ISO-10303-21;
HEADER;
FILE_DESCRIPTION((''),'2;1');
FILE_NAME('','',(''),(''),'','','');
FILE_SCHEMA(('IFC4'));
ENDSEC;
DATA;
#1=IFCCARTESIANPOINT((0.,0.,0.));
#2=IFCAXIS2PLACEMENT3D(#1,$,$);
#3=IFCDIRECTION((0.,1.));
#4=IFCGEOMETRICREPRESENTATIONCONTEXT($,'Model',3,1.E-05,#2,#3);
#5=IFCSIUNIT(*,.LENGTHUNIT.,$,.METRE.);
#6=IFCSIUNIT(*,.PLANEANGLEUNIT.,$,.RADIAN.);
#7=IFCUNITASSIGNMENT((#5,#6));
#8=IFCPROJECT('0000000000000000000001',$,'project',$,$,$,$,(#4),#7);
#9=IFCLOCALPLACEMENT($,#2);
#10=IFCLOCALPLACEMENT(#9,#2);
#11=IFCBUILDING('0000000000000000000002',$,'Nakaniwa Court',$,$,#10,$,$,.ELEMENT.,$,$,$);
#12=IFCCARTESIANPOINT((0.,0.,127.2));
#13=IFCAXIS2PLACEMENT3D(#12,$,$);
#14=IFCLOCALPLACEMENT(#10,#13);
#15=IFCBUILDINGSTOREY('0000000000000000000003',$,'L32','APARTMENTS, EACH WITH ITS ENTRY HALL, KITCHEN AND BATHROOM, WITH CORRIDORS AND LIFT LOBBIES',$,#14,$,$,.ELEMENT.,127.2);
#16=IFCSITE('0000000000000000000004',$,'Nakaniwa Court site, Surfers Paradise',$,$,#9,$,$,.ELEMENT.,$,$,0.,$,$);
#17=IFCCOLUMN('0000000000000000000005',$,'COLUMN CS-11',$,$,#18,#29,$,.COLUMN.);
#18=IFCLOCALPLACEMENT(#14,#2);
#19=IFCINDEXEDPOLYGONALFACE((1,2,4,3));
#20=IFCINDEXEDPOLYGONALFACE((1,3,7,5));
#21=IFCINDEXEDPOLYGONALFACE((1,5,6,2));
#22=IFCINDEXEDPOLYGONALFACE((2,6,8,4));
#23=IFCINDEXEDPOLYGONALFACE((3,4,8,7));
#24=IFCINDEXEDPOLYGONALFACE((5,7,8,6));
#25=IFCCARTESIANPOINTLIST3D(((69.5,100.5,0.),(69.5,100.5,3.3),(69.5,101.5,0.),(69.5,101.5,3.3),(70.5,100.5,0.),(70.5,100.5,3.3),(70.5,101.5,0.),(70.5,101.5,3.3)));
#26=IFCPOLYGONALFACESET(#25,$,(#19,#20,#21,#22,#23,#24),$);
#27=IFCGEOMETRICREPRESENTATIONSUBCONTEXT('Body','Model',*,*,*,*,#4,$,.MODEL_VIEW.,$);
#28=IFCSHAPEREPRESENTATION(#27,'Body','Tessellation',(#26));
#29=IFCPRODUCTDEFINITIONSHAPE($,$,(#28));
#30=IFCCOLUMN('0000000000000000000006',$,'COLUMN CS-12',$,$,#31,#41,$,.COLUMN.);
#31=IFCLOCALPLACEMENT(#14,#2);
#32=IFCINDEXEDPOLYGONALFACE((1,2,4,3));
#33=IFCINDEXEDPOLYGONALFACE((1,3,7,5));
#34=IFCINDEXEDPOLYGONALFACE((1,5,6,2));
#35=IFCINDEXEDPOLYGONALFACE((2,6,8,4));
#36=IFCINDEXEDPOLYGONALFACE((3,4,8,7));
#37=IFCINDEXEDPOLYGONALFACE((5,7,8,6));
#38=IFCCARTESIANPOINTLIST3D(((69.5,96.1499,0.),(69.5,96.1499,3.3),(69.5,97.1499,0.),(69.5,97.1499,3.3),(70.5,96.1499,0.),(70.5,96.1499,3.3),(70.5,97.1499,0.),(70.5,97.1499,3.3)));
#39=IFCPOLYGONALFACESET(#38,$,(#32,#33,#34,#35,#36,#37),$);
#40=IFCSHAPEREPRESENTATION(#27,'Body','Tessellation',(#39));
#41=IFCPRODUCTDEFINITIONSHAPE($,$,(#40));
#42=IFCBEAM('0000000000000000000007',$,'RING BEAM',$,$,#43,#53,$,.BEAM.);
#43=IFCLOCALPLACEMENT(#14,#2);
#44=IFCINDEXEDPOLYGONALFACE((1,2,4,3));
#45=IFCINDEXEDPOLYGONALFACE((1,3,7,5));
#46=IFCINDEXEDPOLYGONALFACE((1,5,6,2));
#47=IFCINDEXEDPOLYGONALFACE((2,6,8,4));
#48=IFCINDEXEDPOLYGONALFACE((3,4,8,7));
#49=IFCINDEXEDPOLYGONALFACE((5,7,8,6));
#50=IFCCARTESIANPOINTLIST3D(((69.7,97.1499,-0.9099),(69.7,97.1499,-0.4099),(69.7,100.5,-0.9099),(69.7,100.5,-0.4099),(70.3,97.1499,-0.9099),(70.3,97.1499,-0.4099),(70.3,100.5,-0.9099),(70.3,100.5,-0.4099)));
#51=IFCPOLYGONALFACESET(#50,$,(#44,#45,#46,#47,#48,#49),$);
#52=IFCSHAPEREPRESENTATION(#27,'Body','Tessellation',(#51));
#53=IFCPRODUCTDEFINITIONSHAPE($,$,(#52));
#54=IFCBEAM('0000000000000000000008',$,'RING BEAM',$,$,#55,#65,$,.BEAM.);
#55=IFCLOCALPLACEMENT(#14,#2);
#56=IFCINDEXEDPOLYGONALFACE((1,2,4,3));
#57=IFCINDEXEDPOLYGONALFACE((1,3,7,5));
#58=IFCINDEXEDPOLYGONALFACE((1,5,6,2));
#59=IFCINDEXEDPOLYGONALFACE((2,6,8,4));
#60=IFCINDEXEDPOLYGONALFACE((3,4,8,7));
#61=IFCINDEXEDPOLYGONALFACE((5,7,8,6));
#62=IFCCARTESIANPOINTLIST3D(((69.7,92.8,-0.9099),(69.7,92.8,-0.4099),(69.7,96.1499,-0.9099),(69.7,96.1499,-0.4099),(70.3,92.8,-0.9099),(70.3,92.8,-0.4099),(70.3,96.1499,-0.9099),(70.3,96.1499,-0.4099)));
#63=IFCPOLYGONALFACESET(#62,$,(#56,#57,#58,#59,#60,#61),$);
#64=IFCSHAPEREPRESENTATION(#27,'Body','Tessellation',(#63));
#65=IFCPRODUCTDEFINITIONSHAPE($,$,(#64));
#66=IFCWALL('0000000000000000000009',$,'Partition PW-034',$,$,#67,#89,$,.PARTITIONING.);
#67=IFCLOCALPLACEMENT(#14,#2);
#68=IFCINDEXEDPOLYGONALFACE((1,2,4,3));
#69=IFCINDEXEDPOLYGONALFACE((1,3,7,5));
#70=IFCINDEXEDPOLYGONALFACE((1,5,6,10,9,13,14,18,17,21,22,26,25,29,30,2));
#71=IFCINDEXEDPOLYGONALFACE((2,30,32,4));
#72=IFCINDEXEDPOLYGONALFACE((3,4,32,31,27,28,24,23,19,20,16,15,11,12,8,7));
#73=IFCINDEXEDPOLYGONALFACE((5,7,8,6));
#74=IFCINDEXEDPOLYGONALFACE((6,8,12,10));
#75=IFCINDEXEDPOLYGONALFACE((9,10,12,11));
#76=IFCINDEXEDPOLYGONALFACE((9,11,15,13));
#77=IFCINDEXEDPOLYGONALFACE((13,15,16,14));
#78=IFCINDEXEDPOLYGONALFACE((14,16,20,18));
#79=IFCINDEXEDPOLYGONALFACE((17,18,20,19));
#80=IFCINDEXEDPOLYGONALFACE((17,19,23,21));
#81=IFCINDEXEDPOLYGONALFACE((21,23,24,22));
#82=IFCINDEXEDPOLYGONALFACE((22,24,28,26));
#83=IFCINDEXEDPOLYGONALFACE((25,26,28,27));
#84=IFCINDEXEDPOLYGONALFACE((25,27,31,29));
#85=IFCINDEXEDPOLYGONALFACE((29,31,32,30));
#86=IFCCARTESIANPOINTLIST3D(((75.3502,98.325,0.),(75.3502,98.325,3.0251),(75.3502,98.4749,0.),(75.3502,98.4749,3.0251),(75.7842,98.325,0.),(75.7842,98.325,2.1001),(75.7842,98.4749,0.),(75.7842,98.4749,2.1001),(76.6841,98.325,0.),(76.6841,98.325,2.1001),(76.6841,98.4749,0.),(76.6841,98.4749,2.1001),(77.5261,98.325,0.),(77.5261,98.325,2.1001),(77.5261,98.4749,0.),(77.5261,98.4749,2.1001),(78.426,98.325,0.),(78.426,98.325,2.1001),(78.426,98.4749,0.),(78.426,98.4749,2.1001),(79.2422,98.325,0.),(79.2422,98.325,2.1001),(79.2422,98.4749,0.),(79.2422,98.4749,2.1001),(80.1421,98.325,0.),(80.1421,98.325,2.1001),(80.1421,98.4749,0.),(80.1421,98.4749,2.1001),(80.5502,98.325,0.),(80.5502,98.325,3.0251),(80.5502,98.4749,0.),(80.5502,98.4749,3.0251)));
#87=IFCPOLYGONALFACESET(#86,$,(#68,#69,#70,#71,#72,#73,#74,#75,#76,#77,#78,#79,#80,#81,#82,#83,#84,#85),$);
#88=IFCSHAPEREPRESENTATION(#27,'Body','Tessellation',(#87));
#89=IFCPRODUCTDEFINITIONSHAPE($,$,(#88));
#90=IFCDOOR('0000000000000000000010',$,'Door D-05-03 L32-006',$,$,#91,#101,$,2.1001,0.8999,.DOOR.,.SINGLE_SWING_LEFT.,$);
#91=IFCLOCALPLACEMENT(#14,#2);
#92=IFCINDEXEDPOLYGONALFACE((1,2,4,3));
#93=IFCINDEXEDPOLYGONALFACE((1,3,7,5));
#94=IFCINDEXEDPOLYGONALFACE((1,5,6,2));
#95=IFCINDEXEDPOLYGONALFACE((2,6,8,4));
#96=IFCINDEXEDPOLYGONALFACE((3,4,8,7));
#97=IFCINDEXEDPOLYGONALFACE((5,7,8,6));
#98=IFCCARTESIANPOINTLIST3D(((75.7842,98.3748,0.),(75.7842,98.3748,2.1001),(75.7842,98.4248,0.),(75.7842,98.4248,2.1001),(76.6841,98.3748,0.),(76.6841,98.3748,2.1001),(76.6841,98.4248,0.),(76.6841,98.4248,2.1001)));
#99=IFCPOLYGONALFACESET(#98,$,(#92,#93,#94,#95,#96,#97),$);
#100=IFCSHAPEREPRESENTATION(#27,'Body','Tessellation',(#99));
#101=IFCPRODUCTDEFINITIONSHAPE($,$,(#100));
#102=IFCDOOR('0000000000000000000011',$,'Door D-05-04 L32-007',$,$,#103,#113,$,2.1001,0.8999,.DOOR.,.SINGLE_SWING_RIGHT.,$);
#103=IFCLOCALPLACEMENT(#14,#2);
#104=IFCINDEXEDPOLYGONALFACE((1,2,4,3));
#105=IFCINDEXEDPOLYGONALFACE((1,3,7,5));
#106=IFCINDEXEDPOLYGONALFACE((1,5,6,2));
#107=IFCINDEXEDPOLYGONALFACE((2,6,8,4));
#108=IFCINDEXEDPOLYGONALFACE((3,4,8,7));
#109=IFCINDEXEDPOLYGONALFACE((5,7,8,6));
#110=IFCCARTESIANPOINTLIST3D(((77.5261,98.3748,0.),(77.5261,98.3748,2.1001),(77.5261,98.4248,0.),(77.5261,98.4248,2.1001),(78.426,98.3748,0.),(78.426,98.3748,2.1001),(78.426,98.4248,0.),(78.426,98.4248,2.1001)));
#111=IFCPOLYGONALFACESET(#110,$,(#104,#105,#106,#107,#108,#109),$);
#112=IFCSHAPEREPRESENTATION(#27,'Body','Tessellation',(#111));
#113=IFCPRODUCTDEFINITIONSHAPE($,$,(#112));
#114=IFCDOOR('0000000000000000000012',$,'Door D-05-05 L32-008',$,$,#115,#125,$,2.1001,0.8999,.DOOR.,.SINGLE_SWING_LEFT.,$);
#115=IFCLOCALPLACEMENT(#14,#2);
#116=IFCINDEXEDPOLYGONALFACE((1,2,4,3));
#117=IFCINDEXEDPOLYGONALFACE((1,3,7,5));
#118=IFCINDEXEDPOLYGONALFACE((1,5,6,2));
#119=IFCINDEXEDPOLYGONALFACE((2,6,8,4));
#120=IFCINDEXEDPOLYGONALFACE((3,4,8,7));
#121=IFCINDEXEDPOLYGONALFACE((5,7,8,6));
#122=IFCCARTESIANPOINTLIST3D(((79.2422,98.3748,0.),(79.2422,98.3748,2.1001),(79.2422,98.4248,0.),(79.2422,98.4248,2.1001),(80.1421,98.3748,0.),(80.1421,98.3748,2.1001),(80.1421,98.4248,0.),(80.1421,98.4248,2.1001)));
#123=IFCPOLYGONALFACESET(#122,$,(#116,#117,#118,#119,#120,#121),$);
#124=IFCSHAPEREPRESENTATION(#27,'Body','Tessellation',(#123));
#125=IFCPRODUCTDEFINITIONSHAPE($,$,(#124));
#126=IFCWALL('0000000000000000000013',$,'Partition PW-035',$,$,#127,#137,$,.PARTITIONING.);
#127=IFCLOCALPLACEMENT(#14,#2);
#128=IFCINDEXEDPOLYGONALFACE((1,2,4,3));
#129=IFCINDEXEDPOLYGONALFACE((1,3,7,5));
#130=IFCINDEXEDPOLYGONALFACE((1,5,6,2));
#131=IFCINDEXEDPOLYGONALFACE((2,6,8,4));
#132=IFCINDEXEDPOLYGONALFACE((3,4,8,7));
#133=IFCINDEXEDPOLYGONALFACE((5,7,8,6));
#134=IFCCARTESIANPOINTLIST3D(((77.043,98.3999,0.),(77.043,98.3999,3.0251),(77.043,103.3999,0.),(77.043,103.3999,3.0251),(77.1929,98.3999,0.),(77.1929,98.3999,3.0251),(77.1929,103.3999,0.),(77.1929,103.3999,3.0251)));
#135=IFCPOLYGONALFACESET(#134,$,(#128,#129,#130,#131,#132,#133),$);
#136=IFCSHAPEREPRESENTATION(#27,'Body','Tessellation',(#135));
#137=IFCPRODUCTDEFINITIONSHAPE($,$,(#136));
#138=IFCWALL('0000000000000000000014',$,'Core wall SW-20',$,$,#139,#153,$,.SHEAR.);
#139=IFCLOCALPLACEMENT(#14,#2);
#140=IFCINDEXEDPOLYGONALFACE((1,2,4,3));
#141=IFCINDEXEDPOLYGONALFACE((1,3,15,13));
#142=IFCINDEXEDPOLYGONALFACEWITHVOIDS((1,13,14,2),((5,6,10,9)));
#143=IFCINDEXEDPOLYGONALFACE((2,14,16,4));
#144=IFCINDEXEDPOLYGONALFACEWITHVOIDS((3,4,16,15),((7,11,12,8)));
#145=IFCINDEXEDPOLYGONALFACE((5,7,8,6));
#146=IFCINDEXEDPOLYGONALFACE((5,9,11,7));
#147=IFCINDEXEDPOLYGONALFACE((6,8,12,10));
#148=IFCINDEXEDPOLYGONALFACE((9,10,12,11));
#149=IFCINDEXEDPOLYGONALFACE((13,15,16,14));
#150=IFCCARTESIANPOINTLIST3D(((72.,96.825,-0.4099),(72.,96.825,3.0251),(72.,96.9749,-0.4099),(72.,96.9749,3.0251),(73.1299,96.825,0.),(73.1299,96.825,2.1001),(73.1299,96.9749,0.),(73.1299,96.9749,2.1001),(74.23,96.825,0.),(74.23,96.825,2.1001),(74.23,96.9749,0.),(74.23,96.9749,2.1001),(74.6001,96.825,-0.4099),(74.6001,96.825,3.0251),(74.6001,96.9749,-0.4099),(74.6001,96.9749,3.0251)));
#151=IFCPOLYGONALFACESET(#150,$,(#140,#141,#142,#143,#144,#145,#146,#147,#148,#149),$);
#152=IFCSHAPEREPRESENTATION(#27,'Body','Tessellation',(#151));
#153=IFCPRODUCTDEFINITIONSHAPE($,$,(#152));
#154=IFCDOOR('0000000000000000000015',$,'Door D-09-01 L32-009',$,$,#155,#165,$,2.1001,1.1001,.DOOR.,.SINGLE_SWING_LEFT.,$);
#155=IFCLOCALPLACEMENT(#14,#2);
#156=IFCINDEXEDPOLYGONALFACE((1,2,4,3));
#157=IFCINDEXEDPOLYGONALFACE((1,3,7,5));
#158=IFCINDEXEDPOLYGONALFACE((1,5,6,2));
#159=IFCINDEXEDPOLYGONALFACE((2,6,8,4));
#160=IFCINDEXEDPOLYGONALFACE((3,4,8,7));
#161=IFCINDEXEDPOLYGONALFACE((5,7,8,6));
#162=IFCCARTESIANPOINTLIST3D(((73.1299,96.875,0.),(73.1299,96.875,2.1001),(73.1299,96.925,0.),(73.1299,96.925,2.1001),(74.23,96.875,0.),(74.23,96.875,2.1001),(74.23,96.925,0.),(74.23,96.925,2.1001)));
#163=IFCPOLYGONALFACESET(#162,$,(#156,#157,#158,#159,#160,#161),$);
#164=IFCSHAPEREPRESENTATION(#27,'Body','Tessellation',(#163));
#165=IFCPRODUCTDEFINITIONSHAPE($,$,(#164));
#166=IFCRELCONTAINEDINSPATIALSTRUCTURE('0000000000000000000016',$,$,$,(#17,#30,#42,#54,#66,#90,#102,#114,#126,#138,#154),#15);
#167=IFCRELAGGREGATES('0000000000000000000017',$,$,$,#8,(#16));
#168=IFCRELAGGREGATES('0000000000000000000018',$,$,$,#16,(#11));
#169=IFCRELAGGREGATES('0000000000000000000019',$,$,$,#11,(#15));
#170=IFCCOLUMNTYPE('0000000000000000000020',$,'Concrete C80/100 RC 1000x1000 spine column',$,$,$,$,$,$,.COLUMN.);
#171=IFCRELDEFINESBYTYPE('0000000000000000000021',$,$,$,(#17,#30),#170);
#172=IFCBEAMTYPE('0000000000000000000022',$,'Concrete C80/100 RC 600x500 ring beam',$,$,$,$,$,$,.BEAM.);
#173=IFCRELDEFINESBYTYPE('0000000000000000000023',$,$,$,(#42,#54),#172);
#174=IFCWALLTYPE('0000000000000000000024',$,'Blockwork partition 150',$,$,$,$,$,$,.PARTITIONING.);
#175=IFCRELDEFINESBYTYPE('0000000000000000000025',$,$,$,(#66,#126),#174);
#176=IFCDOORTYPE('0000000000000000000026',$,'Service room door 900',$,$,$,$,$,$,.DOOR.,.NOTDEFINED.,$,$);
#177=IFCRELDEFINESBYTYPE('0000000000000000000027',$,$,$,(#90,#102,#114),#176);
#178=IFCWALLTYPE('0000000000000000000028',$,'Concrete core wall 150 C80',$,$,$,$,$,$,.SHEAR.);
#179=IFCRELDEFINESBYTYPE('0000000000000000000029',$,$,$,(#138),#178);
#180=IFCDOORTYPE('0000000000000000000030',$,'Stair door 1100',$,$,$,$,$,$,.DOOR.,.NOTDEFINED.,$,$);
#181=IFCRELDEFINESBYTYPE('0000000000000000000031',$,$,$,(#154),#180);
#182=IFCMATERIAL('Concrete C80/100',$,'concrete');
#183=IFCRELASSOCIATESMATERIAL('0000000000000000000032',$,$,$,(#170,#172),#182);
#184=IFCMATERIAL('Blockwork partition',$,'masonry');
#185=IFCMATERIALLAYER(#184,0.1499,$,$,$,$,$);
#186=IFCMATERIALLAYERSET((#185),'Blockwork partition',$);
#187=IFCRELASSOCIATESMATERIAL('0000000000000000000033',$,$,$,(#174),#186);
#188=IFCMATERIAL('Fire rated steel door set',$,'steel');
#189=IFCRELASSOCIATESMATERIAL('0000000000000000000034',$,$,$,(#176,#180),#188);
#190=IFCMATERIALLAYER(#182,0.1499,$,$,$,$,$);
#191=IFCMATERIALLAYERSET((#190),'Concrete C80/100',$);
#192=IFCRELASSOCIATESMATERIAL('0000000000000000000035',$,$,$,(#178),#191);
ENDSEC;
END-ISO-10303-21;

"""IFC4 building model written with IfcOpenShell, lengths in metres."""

from ifc_helpers import new_model, si_unit, direction, frame, frame_2d, origin, origin_2d, place, context, subcontext, project, spatial, rectangle, extrude, material, layer, layer_set, material_profile, profile_set, type_object, element, fill, save


model = new_model("IFC4")

# Units and contexts
model_context = context("Model", 3, precision=1e-05, world=origin(), true_north=direction((0.0, 1.0)))
body_context = subcontext(model_context, "Body", "Model", "MODEL_VIEW")
ifc_project = project(units=[si_unit("LENGTHUNIT", "METRE"), si_unit("PLANEANGLEUNIT", "RADIAN")], contexts=[model_context])

# Site, building, storey
site_placement = place(None, origin())
site = spatial("IfcSite", under=ifc_project, at=site_placement, Name="Nakaniwa Court site, Surfers Paradise", CompositionType="ELEMENT", RefElevation=0.0)
building_placement = place(site_placement, origin())
building = spatial("IfcBuilding", under=site, at=building_placement, Name="Nakaniwa Court", CompositionType="ELEMENT")
storey_placement = place(building_placement, frame((0.0, 0.0, 127.2)))
storey = spatial("IfcBuildingStorey", under=building, at=storey_placement, Name="L32", Description="APARTMENTS, EACH WITH ITS ENTRY HALL, KITCHEN AND BATHROOM, WITH CORRIDORS AND LIFT LOBBIES", CompositionType="ELEMENT", Elevation=127.2)

# Columns
ifc_material_1 = material(Name="Concrete C80/100", Category="concrete")
ifc_material_profile_1 = material_profile(ifc_material_1, rectangle(XDim=1.0, YDim=1.0, at=origin_2d()), Name="Concrete C80/100 RC 1000x1000 spine column")
ifc_profile_set_1 = profile_set([ifc_material_profile_1], Name="Concrete C80/100")
column_type = type_object("IfcColumnType", Name="Concrete C80/100 RC 1000x1000 spine column", PredefinedType="COLUMN", material=ifc_profile_set_1)
for number, where, z_axis, x_axis, name in (
    (1, (70.0, 101.0, 0.0), (0.0, 0.0, 1.0), (0.0, -1.0, 0.0), "COLUMN CS-11"),
    (2, (70.0, 96.6499, 0.0), (0.0, 0.0, 1.0), (0.0, -1.0, 0.0), "COLUMN CS-12"),
):
    element("IfcColumn", number, at=place(storey_placement, frame(where, z_axis=z_axis, x_axis=x_axis)), inside=storey, type_object=column_type, Name=name, PredefinedType="COLUMN", context=body_context, shape_type="SweptSolid", body=[
        extrude(rectangle(XDim=1.0, YDim=1.0, at=origin_2d()), origin(), (0.0, 0.0, 1.0), 3.3),
    ])

# Beams
ifc_material_profile_2 = material_profile(ifc_material_1, rectangle(XDim=0.6001, YDim=0.5, at=origin_2d()), Name="Concrete C80/100 RC 600x500 ring beam")
ifc_profile_set_2 = profile_set([ifc_material_profile_2], Name="Concrete C80/100")
beam_type = type_object("IfcBeamType", Name="Concrete C80/100 RC 600x500 ring beam", PredefinedType="BEAM", material=ifc_profile_set_2)
beam_1_placement = place(storey_placement, frame((70.0, 100.5, -0.6599), z_axis=(0.0, -1.0, 0.0), x_axis=(1.0, 0.0, 0.0)))
element("IfcBeam", 3, at=beam_1_placement, inside=storey, type_object=beam_type, Name="RING BEAM", PredefinedType="BEAM", context=body_context, shape_type="SweptSolid", body=[
    extrude(rectangle(XDim=0.6001, YDim=0.5, at=origin_2d()), origin(), (0.0, 0.0, 1.0), 3.3501),
])
beam_2_placement = place(storey_placement, frame((70.0, 96.1499, -0.6599), z_axis=(0.0, -1.0, 0.0), x_axis=(1.0, 0.0, 0.0)))
element("IfcBeam", 4, at=beam_2_placement, inside=storey, type_object=beam_type, Name="RING BEAM", PredefinedType="BEAM", context=body_context, shape_type="SweptSolid", body=[
    extrude(rectangle(XDim=0.6001, YDim=0.5, at=origin_2d()), origin(), (0.0, 0.0, 1.0), 3.3499),
])

# Wall, openings, doors
ifc_material_2 = material(Name="Blockwork partition", Category="masonry")
ifc_layer_1 = layer(ifc_material_2, 0.1499)
ifc_layer_set_1 = layer_set([ifc_layer_1], Name="Blockwork partition")
wall_type_1 = type_object("IfcWallType", Name="Blockwork partition 150", PredefinedType="PARTITIONING", material=ifc_layer_set_1)
wall_1_placement = place(storey_placement, frame((75.3501, 98.3999, 0.0), z_axis=(0.0, 0.0, 1.0), x_axis=(1.0, 0.0, 0.0)))
wall_1 = element("IfcWall", 5, at=wall_1_placement, inside=storey, type_object=wall_type_1, Name="Partition PW-034", PredefinedType="PARTITIONING", context=body_context, shape_type="SweptSolid", body=[
    extrude(rectangle(XDim=5.2, YDim=0.1499, at=frame_2d((2.6001, 0.0))), origin(), (0.0, 0.0, 1.0), 3.0251),
])
opening_1_placement = place(wall_1_placement, frame((0.4341, 0.0, 0.0)))
opening_1 = element("IfcOpeningElement", 6, at=opening_1_placement, cuts=wall_1, PredefinedType="OPENING", context=body_context, shape_type="SweptSolid", body=[
    extrude(rectangle(XDim=0.8999, YDim=2.1001, at=frame_2d((0.45, 1.05))), frame((0.0, 0.085, 0.0), z_axis=(0.0, -1.0, 0.0), x_axis=(1.0, 0.0, 0.0)), (0.0, 0.0, 1.0), 0.1699),
])
opening_2_placement = place(wall_1_placement, frame((2.176, 0.0, 0.0)))
opening_2 = element("IfcOpeningElement", 7, at=opening_2_placement, cuts=wall_1, PredefinedType="OPENING", context=body_context, shape_type="SweptSolid", body=[
    extrude(rectangle(XDim=0.8999, YDim=2.1001, at=frame_2d((0.45, 1.05))), frame((0.0, 0.085, 0.0), z_axis=(0.0, -1.0, 0.0), x_axis=(1.0, 0.0, 0.0)), (0.0, 0.0, 1.0), 0.1699),
])
opening_3_placement = place(wall_1_placement, frame((3.8921, 0.0, 0.0)))
opening_3 = element("IfcOpeningElement", 8, at=opening_3_placement, cuts=wall_1, PredefinedType="OPENING", context=body_context, shape_type="SweptSolid", body=[
    extrude(rectangle(XDim=0.8999, YDim=2.1001, at=frame_2d((0.45, 1.05))), frame((0.0, 0.085, 0.0), z_axis=(0.0, -1.0, 0.0), x_axis=(1.0, 0.0, 0.0)), (0.0, 0.0, 1.0), 0.1699),
])
ifc_material_3 = material(Name="Fire rated steel door set", Category="steel")
door_type_1 = type_object("IfcDoorType", Name="Service room door 900", OperationType="NOTDEFINED", PredefinedType="DOOR", material=ifc_material_3)
door_1_placement = place(opening_1_placement, origin())
door_1 = element("IfcDoor", 9, at=door_1_placement, inside=storey, type_object=door_type_1, Name="Door D-05-03 L32-006", OperationType="SINGLE_SWING_LEFT", OverallHeight=2.1001, OverallWidth=0.8999, PredefinedType="DOOR", context=body_context, shape_type="SweptSolid", body=[
    extrude(rectangle(XDim=0.8999, YDim=2.1001, at=frame_2d((0.45, 1.05))), frame((0.0, 0.0249, 0.0), z_axis=(0.0, -1.0, 0.0), x_axis=(1.0, 0.0, 0.0)), (0.0, 0.0, 1.0), 0.05),
])
fill(opening_1, door_1)
door_2_placement = place(opening_2_placement, origin())
door_2 = element("IfcDoor", 10, at=door_2_placement, inside=storey, type_object=door_type_1, Name="Door D-05-04 L32-007", OperationType="SINGLE_SWING_RIGHT", OverallHeight=2.1001, OverallWidth=0.8999, PredefinedType="DOOR", context=body_context, shape_type="SweptSolid", body=[
    extrude(rectangle(XDim=0.8999, YDim=2.1001, at=frame_2d((0.45, 1.05))), frame((0.0, 0.0249, 0.0), z_axis=(0.0, -1.0, 0.0), x_axis=(1.0, 0.0, 0.0)), (0.0, 0.0, 1.0), 0.05),
])
fill(opening_2, door_2)
door_3_placement = place(opening_3_placement, origin())
door_3 = element("IfcDoor", 11, at=door_3_placement, inside=storey, type_object=door_type_1, Name="Door D-05-05 L32-008", OperationType="SINGLE_SWING_LEFT", OverallHeight=2.1001, OverallWidth=0.8999, PredefinedType="DOOR", context=body_context, shape_type="SweptSolid", body=[
    extrude(rectangle(XDim=0.8999, YDim=2.1001, at=frame_2d((0.45, 1.05))), frame((0.0, 0.0249, 0.0), z_axis=(0.0, -1.0, 0.0), x_axis=(1.0, 0.0, 0.0)), (0.0, 0.0, 1.0), 0.05),
])
fill(opening_3, door_3)

# Wall
wall_2_placement = place(storey_placement, frame((77.1179, 98.3999, 0.0), z_axis=(0.0, 0.0, 1.0), x_axis=(0.0, 1.0, 0.0)))
element("IfcWall", 12, at=wall_2_placement, inside=storey, type_object=wall_type_1, Name="Partition PW-035", PredefinedType="PARTITIONING", context=body_context, shape_type="SweptSolid", body=[
    extrude(rectangle(XDim=5.0, YDim=0.1499, at=frame_2d((2.5, 0.0))), origin(), (0.0, 0.0, 1.0), 3.0251),
])

# Wall, opening, door
ifc_layer_2 = layer(ifc_material_1, 0.1499)
ifc_layer_set_2 = layer_set([ifc_layer_2], Name="Concrete C80/100")
wall_type_2 = type_object("IfcWallType", Name="Concrete core wall 150 C80", PredefinedType="SHEAR", material=ifc_layer_set_2)
wall_3_placement = place(storey_placement, frame((74.6001, 96.8999, -0.4099), z_axis=(0.0, 0.0, 1.0), x_axis=(-1.0, 0.0, 0.0)))
wall_3 = element("IfcWall", 13, at=wall_3_placement, inside=storey, type_object=wall_type_2, Name="Core wall SW-20", PredefinedType="SHEAR", context=body_context, shape_type="SweptSolid", body=[
    extrude(rectangle(XDim=2.6001, YDim=0.1499, at=frame_2d((1.3, 0.0))), origin(), (0.0, 0.0, 1.0), 3.4351),
])
opening_4_placement = place(wall_3_placement, frame((0.3701, 0.0, 0.4099)))
opening_4 = element("IfcOpeningElement", 14, at=opening_4_placement, cuts=wall_3, PredefinedType="OPENING", context=body_context, shape_type="SweptSolid", body=[
    extrude(rectangle(XDim=1.1001, YDim=2.1001, at=frame_2d((0.55, 1.05))), frame((0.0, 0.085, 0.0), z_axis=(0.0, -1.0, 0.0), x_axis=(1.0, 0.0, 0.0)), (0.0, 0.0, 1.0), 0.1699),
])
door_type_2 = type_object("IfcDoorType", Name="Stair door 1100", OperationType="NOTDEFINED", PredefinedType="DOOR", material=ifc_material_3)
door_4_placement = place(opening_4_placement, origin())
door_4 = element("IfcDoor", 15, at=door_4_placement, inside=storey, type_object=door_type_2, Name="Door D-09-01 L32-009", OperationType="SINGLE_SWING_LEFT", OverallHeight=2.1001, OverallWidth=1.1001, PredefinedType="DOOR", context=body_context, shape_type="SweptSolid", body=[
    extrude(rectangle(XDim=1.1001, YDim=2.1001, at=frame_2d((0.55, 1.05))), frame((0.0, 0.0249, 0.0), z_axis=(0.0, -1.0, 0.0), x_axis=(1.0, 0.0, 0.0)), (0.0, 0.0, 1.0), 0.05),
])
fill(opening_4, door_4)

save(model, "model.ifc")
